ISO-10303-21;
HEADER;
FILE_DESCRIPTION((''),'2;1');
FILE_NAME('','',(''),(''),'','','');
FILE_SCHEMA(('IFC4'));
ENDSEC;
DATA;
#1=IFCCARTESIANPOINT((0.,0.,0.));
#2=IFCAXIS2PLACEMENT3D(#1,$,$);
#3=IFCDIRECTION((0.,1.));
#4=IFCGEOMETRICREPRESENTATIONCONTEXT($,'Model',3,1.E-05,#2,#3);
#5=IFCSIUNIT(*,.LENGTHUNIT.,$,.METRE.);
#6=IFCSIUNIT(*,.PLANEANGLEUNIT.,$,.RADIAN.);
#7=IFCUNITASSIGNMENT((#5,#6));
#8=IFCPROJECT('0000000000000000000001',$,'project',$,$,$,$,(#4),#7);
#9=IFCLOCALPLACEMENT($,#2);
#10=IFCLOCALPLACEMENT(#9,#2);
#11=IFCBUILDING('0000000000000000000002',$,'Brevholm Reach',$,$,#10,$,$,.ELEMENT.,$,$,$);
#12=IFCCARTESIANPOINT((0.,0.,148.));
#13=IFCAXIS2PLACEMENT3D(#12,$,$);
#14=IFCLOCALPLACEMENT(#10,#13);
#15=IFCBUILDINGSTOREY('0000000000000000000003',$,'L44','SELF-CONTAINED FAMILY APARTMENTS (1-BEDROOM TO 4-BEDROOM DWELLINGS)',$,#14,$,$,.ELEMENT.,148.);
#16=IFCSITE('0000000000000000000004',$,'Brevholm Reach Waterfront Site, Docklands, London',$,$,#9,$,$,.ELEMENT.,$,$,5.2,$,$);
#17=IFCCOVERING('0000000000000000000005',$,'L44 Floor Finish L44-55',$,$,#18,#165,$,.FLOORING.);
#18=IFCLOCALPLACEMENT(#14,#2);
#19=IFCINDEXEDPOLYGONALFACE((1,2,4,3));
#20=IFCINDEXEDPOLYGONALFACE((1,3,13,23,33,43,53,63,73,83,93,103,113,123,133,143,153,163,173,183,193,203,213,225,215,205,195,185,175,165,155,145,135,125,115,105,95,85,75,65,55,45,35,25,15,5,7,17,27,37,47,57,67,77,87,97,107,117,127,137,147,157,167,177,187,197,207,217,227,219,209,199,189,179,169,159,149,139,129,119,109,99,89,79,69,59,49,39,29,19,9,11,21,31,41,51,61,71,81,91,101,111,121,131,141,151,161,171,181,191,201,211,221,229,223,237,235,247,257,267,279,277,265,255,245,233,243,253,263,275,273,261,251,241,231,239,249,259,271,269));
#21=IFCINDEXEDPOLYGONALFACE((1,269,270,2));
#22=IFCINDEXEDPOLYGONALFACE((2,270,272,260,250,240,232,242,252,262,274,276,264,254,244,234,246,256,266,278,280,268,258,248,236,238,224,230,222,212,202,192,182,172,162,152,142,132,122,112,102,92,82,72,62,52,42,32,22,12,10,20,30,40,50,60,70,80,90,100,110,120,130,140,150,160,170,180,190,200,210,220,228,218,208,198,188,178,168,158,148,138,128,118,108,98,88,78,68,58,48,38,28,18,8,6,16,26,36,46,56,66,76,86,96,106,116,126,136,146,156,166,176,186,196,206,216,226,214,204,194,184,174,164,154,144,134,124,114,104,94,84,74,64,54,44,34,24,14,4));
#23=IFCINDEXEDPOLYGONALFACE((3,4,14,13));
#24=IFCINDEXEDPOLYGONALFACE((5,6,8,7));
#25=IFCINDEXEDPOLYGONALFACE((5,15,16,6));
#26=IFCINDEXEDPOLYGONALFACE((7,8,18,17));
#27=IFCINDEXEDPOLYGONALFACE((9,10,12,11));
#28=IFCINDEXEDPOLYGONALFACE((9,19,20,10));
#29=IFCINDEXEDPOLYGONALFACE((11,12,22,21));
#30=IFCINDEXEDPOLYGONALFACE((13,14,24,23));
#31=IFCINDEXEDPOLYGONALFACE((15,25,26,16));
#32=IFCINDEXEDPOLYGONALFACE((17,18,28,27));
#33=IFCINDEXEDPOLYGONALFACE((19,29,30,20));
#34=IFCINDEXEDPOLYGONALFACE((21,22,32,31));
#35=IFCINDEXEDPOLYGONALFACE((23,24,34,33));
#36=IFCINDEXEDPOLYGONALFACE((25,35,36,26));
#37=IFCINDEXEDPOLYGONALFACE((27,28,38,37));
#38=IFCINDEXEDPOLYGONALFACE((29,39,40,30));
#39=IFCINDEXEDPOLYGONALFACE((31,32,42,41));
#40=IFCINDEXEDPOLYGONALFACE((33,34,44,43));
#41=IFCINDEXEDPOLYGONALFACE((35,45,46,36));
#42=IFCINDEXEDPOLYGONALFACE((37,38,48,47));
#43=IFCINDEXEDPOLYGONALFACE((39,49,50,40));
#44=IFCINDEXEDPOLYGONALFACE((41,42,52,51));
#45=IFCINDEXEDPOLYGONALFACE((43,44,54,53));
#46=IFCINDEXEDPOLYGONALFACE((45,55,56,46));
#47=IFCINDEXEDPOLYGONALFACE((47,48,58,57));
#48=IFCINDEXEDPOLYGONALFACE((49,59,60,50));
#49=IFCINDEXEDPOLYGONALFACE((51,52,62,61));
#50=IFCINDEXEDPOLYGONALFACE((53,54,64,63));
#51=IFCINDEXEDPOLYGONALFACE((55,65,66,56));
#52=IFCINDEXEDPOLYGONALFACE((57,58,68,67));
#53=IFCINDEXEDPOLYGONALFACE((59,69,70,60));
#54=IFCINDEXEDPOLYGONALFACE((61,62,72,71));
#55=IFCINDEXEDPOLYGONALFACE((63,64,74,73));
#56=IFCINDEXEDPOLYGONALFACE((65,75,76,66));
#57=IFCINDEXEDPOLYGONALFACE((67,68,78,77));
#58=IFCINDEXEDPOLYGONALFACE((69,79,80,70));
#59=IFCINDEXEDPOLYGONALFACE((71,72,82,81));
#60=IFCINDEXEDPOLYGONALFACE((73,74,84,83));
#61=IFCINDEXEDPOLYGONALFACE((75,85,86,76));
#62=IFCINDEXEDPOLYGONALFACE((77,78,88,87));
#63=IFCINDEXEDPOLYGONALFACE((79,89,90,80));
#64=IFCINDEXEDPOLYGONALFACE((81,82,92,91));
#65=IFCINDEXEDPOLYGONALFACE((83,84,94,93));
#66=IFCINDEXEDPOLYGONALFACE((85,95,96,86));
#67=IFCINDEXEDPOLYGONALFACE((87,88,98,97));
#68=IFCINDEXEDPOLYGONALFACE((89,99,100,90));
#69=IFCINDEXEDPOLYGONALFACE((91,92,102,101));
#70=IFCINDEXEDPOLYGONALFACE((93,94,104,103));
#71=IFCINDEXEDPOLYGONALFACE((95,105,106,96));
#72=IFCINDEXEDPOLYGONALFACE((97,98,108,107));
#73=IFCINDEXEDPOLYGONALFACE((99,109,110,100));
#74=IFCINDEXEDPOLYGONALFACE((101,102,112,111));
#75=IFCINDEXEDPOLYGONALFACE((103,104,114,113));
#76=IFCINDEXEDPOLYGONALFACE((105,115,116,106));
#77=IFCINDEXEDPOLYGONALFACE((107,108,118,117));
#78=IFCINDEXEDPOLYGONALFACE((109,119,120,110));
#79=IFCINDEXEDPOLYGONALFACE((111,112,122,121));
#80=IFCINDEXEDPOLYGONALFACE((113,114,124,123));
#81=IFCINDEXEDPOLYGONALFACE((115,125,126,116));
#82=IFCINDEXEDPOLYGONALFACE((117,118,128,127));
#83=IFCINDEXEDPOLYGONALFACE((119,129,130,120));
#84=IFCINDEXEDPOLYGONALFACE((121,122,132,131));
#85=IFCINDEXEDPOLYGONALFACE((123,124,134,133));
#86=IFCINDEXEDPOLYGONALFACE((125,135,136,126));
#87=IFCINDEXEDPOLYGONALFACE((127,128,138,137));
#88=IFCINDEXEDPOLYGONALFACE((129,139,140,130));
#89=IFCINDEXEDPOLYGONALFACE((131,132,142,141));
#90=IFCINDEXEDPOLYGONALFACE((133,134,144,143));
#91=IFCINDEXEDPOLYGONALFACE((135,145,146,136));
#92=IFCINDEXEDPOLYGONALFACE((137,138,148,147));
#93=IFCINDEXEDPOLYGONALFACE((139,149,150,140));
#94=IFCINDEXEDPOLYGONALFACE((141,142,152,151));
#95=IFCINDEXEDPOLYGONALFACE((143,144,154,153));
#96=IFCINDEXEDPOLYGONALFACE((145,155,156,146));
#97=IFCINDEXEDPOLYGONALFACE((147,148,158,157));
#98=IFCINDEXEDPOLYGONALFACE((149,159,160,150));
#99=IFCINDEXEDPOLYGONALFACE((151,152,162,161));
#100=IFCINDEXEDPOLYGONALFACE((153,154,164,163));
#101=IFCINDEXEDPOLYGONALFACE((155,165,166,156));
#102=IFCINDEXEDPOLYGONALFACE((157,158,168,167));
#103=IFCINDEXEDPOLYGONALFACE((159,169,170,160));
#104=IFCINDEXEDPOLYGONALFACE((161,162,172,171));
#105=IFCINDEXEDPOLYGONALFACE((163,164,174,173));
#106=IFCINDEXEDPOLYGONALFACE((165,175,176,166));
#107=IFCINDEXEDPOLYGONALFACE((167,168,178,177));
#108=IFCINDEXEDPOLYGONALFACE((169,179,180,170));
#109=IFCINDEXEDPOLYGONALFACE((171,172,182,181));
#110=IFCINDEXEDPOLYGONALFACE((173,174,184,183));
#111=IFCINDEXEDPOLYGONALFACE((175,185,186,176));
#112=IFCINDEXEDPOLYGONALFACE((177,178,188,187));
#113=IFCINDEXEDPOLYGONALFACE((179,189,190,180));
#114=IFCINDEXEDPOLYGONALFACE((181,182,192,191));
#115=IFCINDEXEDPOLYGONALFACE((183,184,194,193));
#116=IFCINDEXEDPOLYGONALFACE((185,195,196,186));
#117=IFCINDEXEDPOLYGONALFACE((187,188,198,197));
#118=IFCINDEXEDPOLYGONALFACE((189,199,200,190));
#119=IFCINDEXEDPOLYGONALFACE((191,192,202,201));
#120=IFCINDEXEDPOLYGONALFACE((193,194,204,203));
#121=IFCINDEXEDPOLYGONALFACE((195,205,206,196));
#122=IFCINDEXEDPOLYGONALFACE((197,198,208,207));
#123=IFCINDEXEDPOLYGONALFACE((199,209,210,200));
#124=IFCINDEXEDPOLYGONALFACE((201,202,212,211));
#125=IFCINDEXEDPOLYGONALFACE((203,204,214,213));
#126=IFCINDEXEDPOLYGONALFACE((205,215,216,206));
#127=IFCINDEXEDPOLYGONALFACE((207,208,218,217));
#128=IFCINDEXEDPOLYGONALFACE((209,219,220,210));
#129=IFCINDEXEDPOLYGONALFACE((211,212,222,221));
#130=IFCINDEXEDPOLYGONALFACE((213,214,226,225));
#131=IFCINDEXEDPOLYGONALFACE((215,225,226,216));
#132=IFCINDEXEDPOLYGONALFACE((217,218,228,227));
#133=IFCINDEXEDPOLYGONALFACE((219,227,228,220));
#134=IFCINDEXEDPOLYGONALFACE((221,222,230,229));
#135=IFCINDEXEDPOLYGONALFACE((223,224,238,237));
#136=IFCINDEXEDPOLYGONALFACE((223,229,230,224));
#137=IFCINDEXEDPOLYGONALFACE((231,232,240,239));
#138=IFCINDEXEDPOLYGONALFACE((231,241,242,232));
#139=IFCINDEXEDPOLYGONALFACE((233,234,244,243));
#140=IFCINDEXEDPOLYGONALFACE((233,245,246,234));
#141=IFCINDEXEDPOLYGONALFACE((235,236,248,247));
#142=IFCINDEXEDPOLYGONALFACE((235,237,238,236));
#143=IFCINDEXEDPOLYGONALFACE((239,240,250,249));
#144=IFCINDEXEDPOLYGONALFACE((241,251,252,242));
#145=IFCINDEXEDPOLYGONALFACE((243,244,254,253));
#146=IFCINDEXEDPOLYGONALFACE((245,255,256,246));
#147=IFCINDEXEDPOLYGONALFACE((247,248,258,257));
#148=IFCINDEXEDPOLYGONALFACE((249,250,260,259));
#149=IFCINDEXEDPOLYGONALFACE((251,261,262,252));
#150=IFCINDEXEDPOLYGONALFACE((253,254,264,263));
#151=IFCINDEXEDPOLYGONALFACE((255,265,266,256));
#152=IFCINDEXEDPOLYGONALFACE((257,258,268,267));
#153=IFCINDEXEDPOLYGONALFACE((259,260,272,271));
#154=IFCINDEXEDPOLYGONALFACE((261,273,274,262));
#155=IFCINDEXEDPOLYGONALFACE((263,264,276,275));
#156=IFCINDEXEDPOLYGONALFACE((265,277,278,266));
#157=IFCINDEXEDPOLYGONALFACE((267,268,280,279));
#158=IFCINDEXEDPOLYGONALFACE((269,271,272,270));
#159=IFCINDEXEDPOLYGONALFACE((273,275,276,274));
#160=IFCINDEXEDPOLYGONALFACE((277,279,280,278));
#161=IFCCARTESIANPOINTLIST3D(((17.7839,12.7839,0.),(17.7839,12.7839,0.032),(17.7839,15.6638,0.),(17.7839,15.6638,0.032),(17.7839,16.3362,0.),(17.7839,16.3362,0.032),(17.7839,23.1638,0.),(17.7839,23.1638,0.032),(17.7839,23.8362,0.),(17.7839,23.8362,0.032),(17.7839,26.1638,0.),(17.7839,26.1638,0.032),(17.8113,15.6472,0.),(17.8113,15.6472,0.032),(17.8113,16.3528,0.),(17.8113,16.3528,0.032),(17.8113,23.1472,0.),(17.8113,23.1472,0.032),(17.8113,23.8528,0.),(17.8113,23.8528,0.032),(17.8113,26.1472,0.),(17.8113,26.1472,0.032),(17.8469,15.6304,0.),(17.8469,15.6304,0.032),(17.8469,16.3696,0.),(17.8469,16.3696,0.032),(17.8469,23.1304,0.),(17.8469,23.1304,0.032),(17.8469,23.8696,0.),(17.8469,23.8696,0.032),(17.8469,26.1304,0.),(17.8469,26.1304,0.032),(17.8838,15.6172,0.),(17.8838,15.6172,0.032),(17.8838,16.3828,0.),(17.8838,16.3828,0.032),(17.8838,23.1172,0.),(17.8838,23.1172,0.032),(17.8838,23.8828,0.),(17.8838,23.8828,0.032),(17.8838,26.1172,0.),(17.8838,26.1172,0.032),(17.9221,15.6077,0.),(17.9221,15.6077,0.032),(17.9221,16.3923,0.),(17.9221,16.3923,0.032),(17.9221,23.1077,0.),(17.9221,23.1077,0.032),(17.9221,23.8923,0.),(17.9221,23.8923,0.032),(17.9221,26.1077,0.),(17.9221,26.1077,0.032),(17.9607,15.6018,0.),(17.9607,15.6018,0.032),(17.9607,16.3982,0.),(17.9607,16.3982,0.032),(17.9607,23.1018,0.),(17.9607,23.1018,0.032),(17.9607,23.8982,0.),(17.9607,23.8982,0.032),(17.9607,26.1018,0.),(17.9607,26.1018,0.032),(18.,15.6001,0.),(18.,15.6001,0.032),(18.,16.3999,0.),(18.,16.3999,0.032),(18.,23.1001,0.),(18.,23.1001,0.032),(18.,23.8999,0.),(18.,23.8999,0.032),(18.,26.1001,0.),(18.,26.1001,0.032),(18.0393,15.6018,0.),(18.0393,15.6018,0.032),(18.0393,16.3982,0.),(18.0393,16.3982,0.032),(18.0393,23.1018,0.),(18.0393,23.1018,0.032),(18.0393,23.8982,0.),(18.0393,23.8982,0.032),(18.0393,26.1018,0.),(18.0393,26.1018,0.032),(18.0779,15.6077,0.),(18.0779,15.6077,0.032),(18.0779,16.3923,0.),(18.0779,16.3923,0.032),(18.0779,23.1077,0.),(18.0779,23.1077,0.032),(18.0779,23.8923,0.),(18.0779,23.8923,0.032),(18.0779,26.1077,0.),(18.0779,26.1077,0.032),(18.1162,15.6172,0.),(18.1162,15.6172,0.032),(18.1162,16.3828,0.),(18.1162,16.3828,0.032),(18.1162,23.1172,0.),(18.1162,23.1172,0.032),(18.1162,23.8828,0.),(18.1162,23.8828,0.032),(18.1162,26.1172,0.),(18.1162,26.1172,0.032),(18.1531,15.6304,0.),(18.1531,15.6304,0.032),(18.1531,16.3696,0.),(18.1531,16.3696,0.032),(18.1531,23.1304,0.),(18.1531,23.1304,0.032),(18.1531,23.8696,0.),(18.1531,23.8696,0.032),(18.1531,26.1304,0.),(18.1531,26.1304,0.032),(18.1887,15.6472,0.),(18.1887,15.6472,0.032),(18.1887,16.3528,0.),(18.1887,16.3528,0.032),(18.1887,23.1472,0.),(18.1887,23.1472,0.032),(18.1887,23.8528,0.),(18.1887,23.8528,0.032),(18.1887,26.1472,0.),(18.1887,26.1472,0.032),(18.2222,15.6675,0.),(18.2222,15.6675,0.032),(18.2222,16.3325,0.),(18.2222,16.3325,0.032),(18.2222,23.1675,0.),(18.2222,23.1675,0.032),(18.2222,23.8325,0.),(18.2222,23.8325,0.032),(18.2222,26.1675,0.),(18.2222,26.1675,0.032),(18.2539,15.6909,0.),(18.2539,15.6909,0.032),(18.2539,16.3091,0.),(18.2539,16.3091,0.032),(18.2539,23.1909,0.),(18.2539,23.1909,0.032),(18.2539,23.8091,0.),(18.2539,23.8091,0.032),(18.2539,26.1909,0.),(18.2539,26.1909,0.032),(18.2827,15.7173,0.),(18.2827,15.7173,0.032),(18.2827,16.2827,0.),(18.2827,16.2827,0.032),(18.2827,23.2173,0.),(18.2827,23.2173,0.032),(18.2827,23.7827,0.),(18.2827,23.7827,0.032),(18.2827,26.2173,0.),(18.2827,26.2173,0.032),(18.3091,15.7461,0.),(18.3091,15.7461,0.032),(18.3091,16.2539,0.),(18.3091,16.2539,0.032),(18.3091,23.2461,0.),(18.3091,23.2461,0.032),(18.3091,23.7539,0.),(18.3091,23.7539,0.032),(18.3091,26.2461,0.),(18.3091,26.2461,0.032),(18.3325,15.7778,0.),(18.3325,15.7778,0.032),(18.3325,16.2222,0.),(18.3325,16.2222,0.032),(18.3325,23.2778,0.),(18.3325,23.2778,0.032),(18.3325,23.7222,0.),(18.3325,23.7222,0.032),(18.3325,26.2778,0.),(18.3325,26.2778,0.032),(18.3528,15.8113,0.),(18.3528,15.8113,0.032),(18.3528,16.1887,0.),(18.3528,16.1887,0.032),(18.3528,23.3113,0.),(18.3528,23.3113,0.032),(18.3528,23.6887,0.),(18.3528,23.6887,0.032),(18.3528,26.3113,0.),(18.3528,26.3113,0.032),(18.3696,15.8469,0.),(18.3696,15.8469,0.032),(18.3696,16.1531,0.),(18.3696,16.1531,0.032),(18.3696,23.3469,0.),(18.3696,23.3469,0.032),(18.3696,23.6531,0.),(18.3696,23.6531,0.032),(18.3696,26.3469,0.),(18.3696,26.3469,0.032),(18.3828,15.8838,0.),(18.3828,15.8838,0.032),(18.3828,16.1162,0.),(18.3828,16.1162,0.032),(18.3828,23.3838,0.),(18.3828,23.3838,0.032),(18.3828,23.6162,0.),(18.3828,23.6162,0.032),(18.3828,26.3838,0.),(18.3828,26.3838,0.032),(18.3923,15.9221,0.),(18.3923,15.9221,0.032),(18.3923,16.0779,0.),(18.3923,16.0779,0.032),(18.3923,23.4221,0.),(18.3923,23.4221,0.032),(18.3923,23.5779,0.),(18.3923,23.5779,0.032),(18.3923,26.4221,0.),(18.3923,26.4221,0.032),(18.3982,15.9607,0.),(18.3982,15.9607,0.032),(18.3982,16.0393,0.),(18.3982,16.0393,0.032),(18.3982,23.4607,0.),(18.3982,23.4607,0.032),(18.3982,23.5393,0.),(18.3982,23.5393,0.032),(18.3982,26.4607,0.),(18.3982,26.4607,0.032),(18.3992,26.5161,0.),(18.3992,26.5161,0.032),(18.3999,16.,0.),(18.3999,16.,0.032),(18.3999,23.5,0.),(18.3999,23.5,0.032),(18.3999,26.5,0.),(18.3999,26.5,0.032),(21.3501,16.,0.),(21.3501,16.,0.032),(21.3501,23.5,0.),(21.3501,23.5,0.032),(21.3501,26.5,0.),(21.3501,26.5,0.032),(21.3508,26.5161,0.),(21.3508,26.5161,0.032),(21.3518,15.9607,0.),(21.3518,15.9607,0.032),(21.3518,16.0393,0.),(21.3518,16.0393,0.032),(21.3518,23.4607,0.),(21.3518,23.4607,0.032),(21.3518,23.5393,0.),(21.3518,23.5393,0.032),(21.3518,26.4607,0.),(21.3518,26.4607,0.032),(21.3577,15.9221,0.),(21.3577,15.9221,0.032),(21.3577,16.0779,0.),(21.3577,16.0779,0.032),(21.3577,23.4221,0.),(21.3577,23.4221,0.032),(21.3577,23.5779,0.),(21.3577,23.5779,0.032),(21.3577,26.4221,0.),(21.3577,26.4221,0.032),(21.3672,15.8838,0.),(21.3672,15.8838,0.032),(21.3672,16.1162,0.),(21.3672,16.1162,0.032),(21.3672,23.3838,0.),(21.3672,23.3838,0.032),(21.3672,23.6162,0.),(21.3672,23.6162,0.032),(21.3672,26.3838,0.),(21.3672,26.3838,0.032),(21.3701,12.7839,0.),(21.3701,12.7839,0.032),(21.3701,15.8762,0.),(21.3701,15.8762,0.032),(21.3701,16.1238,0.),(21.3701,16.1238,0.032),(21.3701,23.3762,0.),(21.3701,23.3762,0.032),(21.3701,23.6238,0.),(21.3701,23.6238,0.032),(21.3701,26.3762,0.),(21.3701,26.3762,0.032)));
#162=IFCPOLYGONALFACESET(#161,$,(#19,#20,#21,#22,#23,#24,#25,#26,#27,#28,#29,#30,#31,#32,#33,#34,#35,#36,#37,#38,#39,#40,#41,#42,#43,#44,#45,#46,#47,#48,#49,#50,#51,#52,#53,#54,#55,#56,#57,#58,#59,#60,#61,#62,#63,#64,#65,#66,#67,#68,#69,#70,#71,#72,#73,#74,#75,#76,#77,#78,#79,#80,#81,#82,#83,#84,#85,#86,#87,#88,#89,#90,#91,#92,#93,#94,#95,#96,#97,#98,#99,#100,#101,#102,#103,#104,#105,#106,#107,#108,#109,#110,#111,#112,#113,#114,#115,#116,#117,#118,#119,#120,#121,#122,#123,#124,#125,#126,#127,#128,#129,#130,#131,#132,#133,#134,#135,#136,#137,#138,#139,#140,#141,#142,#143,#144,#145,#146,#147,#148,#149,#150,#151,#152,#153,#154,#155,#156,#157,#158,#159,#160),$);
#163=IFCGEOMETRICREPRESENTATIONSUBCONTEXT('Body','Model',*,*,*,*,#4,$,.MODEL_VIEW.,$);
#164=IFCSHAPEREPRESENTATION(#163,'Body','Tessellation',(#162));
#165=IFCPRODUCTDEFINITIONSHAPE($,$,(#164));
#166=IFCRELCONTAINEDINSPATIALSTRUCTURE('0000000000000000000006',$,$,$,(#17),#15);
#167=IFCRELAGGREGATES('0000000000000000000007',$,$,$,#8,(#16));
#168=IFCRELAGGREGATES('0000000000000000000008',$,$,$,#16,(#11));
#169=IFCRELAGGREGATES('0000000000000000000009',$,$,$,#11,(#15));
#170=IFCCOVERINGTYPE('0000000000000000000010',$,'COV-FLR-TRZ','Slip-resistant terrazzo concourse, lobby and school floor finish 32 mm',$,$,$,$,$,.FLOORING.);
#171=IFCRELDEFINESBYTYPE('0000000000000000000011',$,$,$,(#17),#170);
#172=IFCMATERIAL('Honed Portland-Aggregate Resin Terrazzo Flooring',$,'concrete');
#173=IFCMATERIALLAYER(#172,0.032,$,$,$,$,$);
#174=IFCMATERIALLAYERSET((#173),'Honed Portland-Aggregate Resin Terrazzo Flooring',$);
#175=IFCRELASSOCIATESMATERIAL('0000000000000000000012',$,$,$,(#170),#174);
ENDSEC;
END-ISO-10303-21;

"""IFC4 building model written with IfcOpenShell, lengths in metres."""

from ifc_helpers import new_model, si_unit, direction, frame, origin, place, context, subcontext, project, spatial, polyline, outline, extrude, material, layer, layer_set, type_object, element, save


model = new_model("IFC4")

# Units and contexts
model_context = context("Model", 3, precision=1e-05, world=origin(), true_north=direction((0.0, 1.0)))
body_context = subcontext(model_context, "Body", "Model", "MODEL_VIEW")
ifc_project = project(units=[si_unit("LENGTHUNIT", "METRE"), si_unit("PLANEANGLEUNIT", "RADIAN")], contexts=[model_context])

# Site, building, storey
site_placement = place(None, origin())
site = spatial("IfcSite", under=ifc_project, at=site_placement, Name="Brevholm Reach Waterfront Site, Docklands, London", CompositionType="ELEMENT", RefElevation=5.2)
building_placement = place(site_placement, origin())
building = spatial("IfcBuilding", under=site, at=building_placement, Name="Brevholm Reach", CompositionType="ELEMENT")
storey_placement = place(building_placement, frame((0.0, 0.0, 148.0)))
storey = spatial("IfcBuildingStorey", under=building, at=storey_placement, Name="L44", Description="SELF-CONTAINED FAMILY APARTMENTS (1-BEDROOM TO 4-BEDROOM DWELLINGS)", CompositionType="ELEMENT", Elevation=148.0)

# Covering
ifc_material_1 = material(Name="Honed Portland-Aggregate Resin Terrazzo Flooring", Category="concrete")
ifc_layer_1 = layer(ifc_material_1, 0.032)
ifc_layer_set_1 = layer_set([ifc_layer_1], Name="Honed Portland-Aggregate Resin Terrazzo Flooring")
covering_type_1 = type_object("IfcCoveringType", Name="COV-FLR-TRZ", Description="Slip-resistant terrazzo concourse, lobby and school floor finish 32 mm", PredefinedType="FLOORING", material=ifc_layer_set_1)
covering_1_placement = place(storey_placement, origin())
element("IfcCovering", 1, at=covering_1_placement, inside=storey, type_object=covering_type_1, Name="L44 Floor Finish L44-55", PredefinedType="FLOORING", context=body_context, shape_type="SweptSolid", body=[
    extrude(outline(polyline([(21.3701, 23.6238), (21.3672, 23.6162), (21.3577, 23.5779), (21.3518, 23.5393), (21.3501, 23.5), (21.3518, 23.4607), (21.3577, 23.4221), (21.3672, 23.3838), (21.3701, 23.3762), (21.3701, 16.1238), (21.3672, 16.1162), (21.3577, 16.0779), (21.3518, 16.0393), (21.3501, 16.0), (21.3518, 15.9607), (21.3577, 15.9221), (21.3672, 15.8838), (21.3701, 15.8762), (21.3701, 12.7839), (17.7839, 12.7839), (17.7839, 15.6638), (17.8113, 15.6472), (17.8469, 15.6304), (17.8838, 15.6172), (17.9221, 15.6077), (17.9607, 15.6018), (18.0, 15.6001), (18.0393, 15.6018), (18.0779, 15.6077), (18.1162, 15.6172), (18.1531, 15.6304), (18.1887, 15.6472), (18.2222, 15.6675), (18.2539, 15.6909), (18.2827, 15.7173), (18.3091, 15.7461), (18.3325, 15.7778), (18.3528, 15.8113), (18.3696, 15.8469), (18.3828, 15.8838), (18.3923, 15.9221), (18.3982, 15.9607), (18.3999, 16.0), (18.3982, 16.0393), (18.3923, 16.0779), (18.3828, 16.1162), (18.3696, 16.1531), (18.3528, 16.1887), (18.3325, 16.2222), (18.3091, 16.2539), (18.2827, 16.2827), (18.2539, 16.3091), (18.2222, 16.3325), (18.1887, 16.3528), (18.1531, 16.3696), (18.1162, 16.3828), (18.0779, 16.3923), (18.0393, 16.3982), (18.0, 16.3999), (17.9607, 16.3982), (17.9221, 16.3923), (17.8838, 16.3828), (17.8469, 16.3696), (17.8113, 16.3528), (17.7839, 16.3362), (17.7839, 23.1638), (17.8113, 23.1472), (17.8469, 23.1304), (17.8838, 23.1172), (17.9221, 23.1077), (17.9607, 23.1018), (18.0, 23.1001), (18.0393, 23.1018), (18.0779, 23.1077), (18.1162, 23.1172), (18.1531, 23.1304), (18.1887, 23.1472), (18.2222, 23.1675), (18.2539, 23.1909), (18.2827, 23.2173), (18.3091, 23.2461), (18.3325, 23.2778), (18.3528, 23.3113), (18.3696, 23.3469), (18.3828, 23.3838), (18.3923, 23.4221), (18.3982, 23.4607), (18.3999, 23.5), (18.3982, 23.5393), (18.3923, 23.5779), (18.3828, 23.6162), (18.3696, 23.6531), (18.3528, 23.6887), (18.3325, 23.7222), (18.3091, 23.7539), (18.2827, 23.7827), (18.2539, 23.8091), (18.2222, 23.8325), (18.1887, 23.8528), (18.1531, 23.8696), (18.1162, 23.8828), (18.0779, 23.8923), (18.0393, 23.8982), (18.0, 23.8999), (17.9607, 23.8982), (17.9221, 23.8923), (17.8838, 23.8828), (17.8469, 23.8696), (17.8113, 23.8528), (17.7839, 23.8362), (17.7839, 26.1638), (17.8113, 26.1472), (17.8469, 26.1304), (17.8838, 26.1172), (17.9221, 26.1077), (17.9607, 26.1018), (18.0, 26.1001), (18.0393, 26.1018), (18.0779, 26.1077), (18.1162, 26.1172), (18.1531, 26.1304), (18.1887, 26.1472), (18.2222, 26.1675), (18.2539, 26.1909), (18.2827, 26.2173), (18.3091, 26.2461), (18.3325, 26.2778), (18.3528, 26.3113), (18.3696, 26.3469), (18.3828, 26.3838), (18.3923, 26.4221), (18.3982, 26.4607), (18.3999, 26.5), (18.3992, 26.5161), (21.3508, 26.5161), (21.3501, 26.5), (21.3518, 26.4607), (21.3577, 26.4221), (21.3672, 26.3838), (21.3701, 26.3762), (21.3701, 23.6238)])), origin(), (0.0, 0.0, 1.0), 0.032),
])

save(model, "model.ifc")
